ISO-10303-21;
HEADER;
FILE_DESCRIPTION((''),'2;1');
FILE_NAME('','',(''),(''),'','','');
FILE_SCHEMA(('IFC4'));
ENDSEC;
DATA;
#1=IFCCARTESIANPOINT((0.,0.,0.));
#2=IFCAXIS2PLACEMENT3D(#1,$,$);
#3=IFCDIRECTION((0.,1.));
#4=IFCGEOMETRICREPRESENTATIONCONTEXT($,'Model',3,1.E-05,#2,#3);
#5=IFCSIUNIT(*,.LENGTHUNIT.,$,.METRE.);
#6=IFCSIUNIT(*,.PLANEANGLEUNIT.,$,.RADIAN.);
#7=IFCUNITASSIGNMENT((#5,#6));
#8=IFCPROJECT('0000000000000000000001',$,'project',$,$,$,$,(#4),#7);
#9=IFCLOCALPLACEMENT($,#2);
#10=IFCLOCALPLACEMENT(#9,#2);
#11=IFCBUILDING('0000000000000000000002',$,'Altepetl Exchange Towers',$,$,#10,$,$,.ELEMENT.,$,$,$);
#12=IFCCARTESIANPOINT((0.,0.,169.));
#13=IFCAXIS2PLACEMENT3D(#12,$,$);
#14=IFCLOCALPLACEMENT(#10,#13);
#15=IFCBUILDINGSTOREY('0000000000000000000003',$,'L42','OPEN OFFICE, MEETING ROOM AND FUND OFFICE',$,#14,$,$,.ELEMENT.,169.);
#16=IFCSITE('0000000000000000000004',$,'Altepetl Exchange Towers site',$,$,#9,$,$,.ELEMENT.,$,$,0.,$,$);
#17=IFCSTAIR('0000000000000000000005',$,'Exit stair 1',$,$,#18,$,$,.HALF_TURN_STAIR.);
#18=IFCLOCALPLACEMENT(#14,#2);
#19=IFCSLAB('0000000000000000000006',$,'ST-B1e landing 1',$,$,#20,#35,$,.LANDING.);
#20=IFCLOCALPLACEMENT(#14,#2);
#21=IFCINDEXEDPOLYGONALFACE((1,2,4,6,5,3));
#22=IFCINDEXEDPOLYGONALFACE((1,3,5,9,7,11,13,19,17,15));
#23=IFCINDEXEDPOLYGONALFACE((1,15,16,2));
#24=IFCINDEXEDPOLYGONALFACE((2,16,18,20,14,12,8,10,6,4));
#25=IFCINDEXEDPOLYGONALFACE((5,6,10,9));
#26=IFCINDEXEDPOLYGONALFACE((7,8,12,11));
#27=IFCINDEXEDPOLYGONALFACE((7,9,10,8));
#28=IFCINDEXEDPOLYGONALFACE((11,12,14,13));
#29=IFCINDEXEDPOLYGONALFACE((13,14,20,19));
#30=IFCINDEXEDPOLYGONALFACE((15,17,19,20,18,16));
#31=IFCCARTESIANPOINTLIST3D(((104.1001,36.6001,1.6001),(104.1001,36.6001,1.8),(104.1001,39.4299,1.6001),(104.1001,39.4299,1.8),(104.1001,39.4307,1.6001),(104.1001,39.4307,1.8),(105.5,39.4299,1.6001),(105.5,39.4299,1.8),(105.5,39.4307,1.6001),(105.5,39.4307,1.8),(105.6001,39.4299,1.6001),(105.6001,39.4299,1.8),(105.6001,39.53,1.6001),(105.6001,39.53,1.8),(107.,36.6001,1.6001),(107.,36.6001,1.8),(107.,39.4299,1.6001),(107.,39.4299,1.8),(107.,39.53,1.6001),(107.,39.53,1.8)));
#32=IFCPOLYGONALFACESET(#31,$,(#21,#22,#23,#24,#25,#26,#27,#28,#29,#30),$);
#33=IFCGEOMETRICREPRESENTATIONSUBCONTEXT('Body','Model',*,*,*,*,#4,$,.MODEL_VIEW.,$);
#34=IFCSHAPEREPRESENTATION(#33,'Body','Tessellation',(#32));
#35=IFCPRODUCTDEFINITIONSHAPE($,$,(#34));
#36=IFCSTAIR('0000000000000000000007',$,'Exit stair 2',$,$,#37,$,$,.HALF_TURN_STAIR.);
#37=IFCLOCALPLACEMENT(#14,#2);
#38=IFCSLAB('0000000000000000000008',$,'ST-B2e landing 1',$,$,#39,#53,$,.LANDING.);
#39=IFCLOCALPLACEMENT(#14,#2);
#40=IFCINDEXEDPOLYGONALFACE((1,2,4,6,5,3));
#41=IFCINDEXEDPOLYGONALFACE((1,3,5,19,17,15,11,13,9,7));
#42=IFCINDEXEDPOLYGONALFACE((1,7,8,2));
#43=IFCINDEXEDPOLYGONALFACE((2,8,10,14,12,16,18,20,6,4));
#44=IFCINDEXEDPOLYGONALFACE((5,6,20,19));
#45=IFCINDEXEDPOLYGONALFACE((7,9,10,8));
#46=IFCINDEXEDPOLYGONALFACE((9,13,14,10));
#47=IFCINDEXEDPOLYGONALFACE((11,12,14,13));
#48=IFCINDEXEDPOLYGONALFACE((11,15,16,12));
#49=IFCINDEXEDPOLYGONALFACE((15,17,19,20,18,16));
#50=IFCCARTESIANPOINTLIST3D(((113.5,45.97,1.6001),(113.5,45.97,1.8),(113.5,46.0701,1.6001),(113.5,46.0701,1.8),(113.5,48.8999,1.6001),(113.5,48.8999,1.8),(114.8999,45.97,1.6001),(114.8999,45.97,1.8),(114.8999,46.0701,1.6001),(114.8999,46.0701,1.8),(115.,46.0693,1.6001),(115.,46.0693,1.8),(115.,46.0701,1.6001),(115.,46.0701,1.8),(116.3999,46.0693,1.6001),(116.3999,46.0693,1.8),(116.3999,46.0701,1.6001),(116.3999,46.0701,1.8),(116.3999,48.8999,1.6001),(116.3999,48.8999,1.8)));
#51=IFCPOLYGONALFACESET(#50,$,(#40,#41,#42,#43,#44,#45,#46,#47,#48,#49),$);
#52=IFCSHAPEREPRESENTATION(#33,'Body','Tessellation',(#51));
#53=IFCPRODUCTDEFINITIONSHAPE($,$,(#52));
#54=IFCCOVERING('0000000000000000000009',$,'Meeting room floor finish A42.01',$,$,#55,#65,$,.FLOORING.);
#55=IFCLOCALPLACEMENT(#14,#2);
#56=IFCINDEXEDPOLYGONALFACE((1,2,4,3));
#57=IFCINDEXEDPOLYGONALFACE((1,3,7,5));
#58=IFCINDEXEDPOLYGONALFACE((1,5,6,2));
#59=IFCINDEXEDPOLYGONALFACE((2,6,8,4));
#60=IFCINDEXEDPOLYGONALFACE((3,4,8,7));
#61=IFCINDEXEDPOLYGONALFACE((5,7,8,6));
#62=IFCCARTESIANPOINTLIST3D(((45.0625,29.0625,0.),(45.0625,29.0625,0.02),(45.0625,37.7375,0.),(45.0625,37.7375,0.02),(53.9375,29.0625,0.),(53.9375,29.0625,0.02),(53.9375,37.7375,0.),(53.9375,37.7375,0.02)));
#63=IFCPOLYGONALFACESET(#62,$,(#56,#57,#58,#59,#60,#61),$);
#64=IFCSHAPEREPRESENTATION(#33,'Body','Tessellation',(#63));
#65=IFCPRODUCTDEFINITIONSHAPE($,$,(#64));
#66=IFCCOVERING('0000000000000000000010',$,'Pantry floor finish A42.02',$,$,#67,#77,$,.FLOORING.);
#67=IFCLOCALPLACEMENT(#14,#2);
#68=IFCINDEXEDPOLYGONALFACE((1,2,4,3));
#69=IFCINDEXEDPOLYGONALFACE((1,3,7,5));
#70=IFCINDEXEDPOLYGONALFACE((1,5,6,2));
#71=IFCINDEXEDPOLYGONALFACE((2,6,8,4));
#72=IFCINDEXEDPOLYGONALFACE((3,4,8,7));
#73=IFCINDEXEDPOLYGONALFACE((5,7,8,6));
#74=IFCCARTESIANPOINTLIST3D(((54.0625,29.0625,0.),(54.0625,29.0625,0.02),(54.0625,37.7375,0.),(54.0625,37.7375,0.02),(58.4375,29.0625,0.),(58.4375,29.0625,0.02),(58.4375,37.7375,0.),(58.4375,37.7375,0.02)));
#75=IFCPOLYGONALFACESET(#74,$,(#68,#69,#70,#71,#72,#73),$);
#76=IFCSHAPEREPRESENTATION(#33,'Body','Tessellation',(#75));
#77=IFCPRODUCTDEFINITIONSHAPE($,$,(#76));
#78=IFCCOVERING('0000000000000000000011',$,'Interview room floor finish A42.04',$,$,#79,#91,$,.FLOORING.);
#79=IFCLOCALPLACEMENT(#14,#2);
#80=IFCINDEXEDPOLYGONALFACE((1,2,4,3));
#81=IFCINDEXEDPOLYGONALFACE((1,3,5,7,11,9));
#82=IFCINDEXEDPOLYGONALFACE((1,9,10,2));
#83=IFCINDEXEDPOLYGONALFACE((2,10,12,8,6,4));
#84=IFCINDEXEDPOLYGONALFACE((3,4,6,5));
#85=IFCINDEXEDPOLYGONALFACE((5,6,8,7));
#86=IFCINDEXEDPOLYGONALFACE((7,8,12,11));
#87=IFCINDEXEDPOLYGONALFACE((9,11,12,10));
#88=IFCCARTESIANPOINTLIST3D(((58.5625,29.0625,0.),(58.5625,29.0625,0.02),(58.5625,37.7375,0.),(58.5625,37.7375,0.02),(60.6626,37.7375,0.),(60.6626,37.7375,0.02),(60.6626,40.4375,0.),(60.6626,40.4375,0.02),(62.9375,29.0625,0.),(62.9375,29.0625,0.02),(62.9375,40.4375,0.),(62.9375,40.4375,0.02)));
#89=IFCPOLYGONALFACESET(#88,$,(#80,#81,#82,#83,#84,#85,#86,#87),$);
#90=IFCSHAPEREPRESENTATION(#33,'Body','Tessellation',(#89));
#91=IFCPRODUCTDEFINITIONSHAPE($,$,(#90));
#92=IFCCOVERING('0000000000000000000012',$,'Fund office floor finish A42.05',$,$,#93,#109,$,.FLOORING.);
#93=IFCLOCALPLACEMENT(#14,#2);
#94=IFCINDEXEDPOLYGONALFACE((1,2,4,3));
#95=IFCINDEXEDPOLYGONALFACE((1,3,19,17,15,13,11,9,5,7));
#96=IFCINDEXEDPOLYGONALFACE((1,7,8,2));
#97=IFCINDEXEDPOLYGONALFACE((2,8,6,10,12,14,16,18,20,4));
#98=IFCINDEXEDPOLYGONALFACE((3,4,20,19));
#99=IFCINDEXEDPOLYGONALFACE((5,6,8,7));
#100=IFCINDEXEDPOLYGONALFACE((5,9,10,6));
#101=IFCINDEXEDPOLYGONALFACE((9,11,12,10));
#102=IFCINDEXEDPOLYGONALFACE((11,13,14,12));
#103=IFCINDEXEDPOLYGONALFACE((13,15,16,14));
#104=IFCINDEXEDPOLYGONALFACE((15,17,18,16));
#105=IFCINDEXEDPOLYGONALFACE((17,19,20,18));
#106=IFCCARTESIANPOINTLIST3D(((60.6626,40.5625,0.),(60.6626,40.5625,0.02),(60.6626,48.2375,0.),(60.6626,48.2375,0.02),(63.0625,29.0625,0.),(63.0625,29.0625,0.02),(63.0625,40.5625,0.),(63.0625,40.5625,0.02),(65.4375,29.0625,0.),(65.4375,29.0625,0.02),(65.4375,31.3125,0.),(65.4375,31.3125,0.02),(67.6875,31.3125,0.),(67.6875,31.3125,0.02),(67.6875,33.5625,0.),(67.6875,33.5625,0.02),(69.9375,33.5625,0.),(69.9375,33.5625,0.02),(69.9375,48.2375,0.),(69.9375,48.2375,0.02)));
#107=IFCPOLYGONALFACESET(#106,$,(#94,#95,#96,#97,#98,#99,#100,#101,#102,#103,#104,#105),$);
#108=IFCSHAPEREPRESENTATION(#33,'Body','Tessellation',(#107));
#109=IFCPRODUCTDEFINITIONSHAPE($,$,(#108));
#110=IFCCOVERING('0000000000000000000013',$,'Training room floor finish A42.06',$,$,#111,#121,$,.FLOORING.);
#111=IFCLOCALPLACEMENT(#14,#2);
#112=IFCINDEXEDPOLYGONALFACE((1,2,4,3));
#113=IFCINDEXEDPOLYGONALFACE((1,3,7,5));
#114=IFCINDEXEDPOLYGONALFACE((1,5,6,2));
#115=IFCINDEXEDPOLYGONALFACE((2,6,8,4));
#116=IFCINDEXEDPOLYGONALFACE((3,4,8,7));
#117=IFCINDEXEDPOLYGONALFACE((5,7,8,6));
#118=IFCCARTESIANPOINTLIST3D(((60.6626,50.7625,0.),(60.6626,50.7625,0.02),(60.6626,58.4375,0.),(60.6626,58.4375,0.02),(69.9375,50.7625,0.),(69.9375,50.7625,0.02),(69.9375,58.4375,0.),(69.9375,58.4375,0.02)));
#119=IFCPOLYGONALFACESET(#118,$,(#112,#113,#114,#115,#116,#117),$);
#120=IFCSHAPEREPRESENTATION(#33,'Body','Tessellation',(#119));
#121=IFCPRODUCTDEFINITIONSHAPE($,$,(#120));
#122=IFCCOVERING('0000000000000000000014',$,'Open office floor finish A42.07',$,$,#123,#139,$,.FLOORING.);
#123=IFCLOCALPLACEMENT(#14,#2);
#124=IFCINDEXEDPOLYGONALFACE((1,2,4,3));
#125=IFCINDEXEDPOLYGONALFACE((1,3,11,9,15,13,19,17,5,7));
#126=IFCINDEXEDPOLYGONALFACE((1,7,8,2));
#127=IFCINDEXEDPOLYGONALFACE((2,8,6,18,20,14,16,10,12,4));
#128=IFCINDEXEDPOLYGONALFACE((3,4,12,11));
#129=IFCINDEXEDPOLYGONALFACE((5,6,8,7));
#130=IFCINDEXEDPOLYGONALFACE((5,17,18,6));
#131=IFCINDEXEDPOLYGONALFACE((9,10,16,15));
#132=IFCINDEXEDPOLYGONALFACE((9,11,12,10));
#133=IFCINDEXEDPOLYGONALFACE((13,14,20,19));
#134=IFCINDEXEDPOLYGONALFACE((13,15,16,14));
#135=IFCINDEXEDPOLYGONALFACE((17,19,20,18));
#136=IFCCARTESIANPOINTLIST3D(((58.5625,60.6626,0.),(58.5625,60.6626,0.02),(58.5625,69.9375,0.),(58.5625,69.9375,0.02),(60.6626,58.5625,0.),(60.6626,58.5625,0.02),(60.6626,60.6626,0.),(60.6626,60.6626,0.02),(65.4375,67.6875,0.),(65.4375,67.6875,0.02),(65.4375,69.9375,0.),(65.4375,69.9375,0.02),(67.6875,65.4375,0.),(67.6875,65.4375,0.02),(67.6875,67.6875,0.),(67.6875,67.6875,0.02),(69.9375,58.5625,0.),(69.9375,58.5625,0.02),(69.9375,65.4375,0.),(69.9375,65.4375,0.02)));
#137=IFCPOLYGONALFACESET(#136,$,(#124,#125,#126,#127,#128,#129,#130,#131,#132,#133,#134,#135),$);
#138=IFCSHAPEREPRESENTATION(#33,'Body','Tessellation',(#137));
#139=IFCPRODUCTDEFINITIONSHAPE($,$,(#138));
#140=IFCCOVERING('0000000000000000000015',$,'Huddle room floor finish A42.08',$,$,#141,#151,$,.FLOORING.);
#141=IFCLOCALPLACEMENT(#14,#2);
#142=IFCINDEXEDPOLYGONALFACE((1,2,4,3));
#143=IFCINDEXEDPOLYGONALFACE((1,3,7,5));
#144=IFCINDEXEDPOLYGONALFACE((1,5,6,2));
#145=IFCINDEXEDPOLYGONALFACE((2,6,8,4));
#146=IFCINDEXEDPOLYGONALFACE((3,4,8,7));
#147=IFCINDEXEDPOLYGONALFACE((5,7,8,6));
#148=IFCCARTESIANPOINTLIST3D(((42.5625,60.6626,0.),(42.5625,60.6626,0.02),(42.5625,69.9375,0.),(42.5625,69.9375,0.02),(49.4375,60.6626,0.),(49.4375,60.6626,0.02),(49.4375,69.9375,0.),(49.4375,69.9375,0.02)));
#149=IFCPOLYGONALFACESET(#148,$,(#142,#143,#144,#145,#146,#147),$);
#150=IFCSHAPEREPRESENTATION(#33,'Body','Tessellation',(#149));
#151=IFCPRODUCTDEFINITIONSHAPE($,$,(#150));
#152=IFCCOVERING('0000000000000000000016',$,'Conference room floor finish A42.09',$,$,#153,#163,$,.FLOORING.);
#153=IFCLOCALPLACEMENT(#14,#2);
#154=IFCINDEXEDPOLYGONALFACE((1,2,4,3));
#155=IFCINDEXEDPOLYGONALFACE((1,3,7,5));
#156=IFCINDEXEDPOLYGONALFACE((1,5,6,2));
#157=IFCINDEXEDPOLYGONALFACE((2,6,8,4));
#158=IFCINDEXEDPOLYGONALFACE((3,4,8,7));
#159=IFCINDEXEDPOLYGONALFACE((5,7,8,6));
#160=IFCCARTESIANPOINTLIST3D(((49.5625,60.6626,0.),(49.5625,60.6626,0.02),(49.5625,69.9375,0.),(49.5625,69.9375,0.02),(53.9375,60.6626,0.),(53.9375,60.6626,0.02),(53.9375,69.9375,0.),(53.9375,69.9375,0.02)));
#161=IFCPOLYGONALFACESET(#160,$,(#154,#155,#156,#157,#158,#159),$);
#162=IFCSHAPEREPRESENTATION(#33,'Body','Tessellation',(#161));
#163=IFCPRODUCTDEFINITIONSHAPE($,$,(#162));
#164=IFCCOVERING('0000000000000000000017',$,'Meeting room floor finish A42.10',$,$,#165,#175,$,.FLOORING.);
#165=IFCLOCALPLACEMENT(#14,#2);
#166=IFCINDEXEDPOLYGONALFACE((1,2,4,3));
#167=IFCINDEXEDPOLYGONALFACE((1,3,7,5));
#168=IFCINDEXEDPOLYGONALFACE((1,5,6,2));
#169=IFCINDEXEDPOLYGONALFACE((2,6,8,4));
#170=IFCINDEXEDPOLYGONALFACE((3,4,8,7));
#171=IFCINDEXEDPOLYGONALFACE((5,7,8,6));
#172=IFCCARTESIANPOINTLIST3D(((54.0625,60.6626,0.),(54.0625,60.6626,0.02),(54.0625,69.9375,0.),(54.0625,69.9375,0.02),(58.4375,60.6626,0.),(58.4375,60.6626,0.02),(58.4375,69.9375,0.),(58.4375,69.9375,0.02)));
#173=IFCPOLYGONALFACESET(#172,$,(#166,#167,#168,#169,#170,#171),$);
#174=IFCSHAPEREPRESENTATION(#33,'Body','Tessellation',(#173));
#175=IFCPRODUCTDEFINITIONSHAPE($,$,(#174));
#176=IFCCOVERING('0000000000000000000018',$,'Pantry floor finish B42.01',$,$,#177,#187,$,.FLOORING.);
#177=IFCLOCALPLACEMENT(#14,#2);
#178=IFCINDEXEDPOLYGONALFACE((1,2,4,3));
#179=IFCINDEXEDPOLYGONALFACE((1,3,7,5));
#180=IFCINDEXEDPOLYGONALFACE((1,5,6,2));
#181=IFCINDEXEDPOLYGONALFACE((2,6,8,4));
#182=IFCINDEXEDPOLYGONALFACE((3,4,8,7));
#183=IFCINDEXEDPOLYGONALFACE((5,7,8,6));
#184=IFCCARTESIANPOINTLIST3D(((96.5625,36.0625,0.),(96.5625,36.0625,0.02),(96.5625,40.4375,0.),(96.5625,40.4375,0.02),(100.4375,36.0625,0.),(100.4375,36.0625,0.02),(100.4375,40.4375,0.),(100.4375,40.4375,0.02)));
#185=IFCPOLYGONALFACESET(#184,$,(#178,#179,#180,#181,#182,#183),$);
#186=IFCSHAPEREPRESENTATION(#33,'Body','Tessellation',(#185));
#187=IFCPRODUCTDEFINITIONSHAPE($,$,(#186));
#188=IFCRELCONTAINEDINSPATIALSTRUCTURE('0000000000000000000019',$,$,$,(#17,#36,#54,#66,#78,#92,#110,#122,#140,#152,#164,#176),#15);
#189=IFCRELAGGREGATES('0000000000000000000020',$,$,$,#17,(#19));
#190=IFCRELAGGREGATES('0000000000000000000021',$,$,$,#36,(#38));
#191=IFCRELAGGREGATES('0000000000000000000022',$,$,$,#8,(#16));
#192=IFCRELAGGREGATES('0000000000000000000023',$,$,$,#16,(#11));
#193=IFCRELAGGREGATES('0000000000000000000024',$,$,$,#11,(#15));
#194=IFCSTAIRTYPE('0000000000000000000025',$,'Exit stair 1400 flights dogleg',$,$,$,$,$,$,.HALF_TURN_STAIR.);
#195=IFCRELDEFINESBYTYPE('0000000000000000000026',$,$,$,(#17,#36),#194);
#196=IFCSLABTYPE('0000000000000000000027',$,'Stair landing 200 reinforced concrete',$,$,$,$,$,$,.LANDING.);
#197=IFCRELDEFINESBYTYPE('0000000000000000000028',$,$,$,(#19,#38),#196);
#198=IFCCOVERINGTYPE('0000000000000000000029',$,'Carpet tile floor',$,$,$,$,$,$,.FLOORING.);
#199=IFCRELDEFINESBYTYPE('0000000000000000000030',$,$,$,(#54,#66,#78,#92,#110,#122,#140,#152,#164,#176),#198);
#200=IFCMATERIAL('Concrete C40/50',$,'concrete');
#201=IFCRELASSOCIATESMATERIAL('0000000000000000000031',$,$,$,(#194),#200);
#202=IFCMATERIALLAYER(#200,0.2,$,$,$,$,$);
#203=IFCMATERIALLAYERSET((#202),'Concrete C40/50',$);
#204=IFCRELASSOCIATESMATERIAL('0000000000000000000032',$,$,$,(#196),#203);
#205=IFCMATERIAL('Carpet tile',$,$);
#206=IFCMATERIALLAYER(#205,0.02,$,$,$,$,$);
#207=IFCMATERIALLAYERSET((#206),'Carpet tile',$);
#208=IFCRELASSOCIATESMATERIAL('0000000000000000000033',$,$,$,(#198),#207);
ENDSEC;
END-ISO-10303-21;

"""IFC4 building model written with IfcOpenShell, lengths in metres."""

from ifc_helpers import new_model, si_unit, direction, frame, origin, place, context, subcontext, project, spatial, polyline, outline, extrude, material, layer, layer_set, type_object, element, aggregate, save


model = new_model("IFC4")

# Units and contexts
model_context = context("Model", 3, precision=1e-05, world=origin(), true_north=direction((0.0, 1.0)))
body_context = subcontext(model_context, "Body", "Model", "MODEL_VIEW")
ifc_project = project(units=[si_unit("LENGTHUNIT", "METRE"), si_unit("PLANEANGLEUNIT", "RADIAN")], contexts=[model_context])

# Site, building, storey
site_placement = place(None, origin())
site = spatial("IfcSite", under=ifc_project, at=site_placement, Name="Altepetl Exchange Towers site", CompositionType="ELEMENT", RefElevation=0.0)
building_placement = place(site_placement, origin())
building = spatial("IfcBuilding", under=site, at=building_placement, Name="Altepetl Exchange Towers", CompositionType="ELEMENT")
storey_placement = place(building_placement, frame((0.0, 0.0, 169.0)))
storey = spatial("IfcBuildingStorey", under=building, at=storey_placement, Name="L42", Description="OPEN OFFICE, MEETING ROOM AND FUND OFFICE", CompositionType="ELEMENT", Elevation=169.0)

# Shared definitions
ifc_material_1 = material(Name="Concrete C40/50", Category="concrete")

# Stairs, slabs
stair_type = type_object("IfcStairType", Name="Exit stair 1400 flights dogleg", PredefinedType="HALF_TURN_STAIR", material=ifc_material_1)
ifc_layer_1 = layer(ifc_material_1, 0.2)
ifc_layer_set_1 = layer_set([ifc_layer_1], Name="Concrete C40/50")
slab_type_1 = type_object("IfcSlabType", Name="Stair landing 200 reinforced concrete", PredefinedType="LANDING", material=ifc_layer_set_1)
stair_1_placement = place(storey_placement, origin())
stair_1 = element("IfcStair", 1, at=stair_1_placement, inside=storey, type_object=stair_type, Name="Exit stair 1", PredefinedType="HALF_TURN_STAIR")
slab_1_placement = place(storey_placement, frame((0.0, 0.0, 1.6001)))
slab_1 = element("IfcSlab", 2, at=slab_1_placement, type_object=slab_type_1, Name="ST-B1e landing 1", PredefinedType="LANDING", context=body_context, shape_type="SweptSolid", body=[
    extrude(outline(polyline([(107.0, 36.6001), (104.1001, 36.6001), (104.1001, 39.4299), (104.1001, 39.4307), (105.5, 39.4307), (105.5, 39.4299), (105.6001, 39.4299), (105.6001, 39.53), (107.0, 39.53), (107.0, 39.4299), (107.0, 36.6001)])), origin(), (0.0, 0.0, 1.0), 0.2),
])
aggregate(stair_1, [slab_1])
stair_2_placement = place(storey_placement, origin())
stair_2 = element("IfcStair", 3, at=stair_2_placement, inside=storey, type_object=stair_type, Name="Exit stair 2", PredefinedType="HALF_TURN_STAIR")
slab_2_placement = place(storey_placement, frame((0.0, 0.0, 1.6001)))
slab_2 = element("IfcSlab", 4, at=slab_2_placement, type_object=slab_type_1, Name="ST-B2e landing 1", PredefinedType="LANDING", context=body_context, shape_type="SweptSolid", body=[
    extrude(outline(polyline([(114.8999, 45.97), (113.5, 45.97), (113.5, 46.0701), (113.5, 48.8999), (116.3999, 48.8999), (116.3999, 46.0701), (116.3999, 46.0693), (115.0, 46.0693), (115.0, 46.0701), (114.8999, 46.0701), (114.8999, 45.97)])), origin(), (0.0, 0.0, 1.0), 0.2),
])
aggregate(stair_2, [slab_2])

# Coverings
ifc_material_2 = material(Name="Carpet tile")
ifc_layer_2 = layer(ifc_material_2, 0.02)
ifc_layer_set_2 = layer_set([ifc_layer_2], Name="Carpet tile")
covering_type_1 = type_object("IfcCoveringType", Name="Carpet tile floor", PredefinedType="FLOORING", material=ifc_layer_set_2)
covering_1_placement = place(storey_placement, origin())
element("IfcCovering", 5, at=covering_1_placement, inside=storey, type_object=covering_type_1, Name="Meeting room floor finish A42.01", PredefinedType="FLOORING", context=body_context, shape_type="SweptSolid", body=[
    extrude(outline(polyline([(53.9375, 29.0625), (53.9375, 37.7375), (45.0625, 37.7375), (45.0625, 29.0625), (53.9375, 29.0625)])), origin(), (0.0, 0.0, 1.0), 0.02),
])
covering_2_placement = place(storey_placement, origin())
element("IfcCovering", 6, at=covering_2_placement, inside=storey, type_object=covering_type_1, Name="Pantry floor finish A42.02", PredefinedType="FLOORING", context=body_context, shape_type="SweptSolid", body=[
    extrude(outline(polyline([(58.4375, 29.0625), (58.4375, 37.7375), (54.0625, 37.7375), (54.0625, 29.0625), (58.4375, 29.0625)])), origin(), (0.0, 0.0, 1.0), 0.02),
])
covering_3_placement = place(storey_placement, origin())
element("IfcCovering", 7, at=covering_3_placement, inside=storey, type_object=covering_type_1, Name="Interview room floor finish A42.04", PredefinedType="FLOORING", context=body_context, shape_type="SweptSolid", body=[
    extrude(outline(polyline([(62.9375, 29.0625), (62.9375, 40.4375), (60.6626, 40.4375), (60.6626, 37.7375), (58.5625, 37.7375), (58.5625, 29.0625), (62.9375, 29.0625)])), origin(), (0.0, 0.0, 1.0), 0.02),
])
covering_4_placement = place(storey_placement, origin())
element("IfcCovering", 8, at=covering_4_placement, inside=storey, type_object=covering_type_1, Name="Fund office floor finish A42.05", PredefinedType="FLOORING", context=body_context, shape_type="SweptSolid", body=[
    extrude(outline(polyline([(67.6875, 31.3125), (67.6875, 33.5625), (69.9375, 33.5625), (69.9375, 48.2375), (60.6626, 48.2375), (60.6626, 40.5625), (63.0625, 40.5625), (63.0625, 29.0625), (65.4375, 29.0625), (65.4375, 31.3125), (67.6875, 31.3125)])), origin(), (0.0, 0.0, 1.0), 0.02),
])
covering_5_placement = place(storey_placement, origin())
element("IfcCovering", 9, at=covering_5_placement, inside=storey, type_object=covering_type_1, Name="Training room floor finish A42.06", PredefinedType="FLOORING", context=body_context, shape_type="SweptSolid", body=[
    extrude(outline(polyline([(69.9375, 58.4375), (60.6626, 58.4375), (60.6626, 50.7625), (69.9375, 50.7625), (69.9375, 58.4375)])), origin(), (0.0, 0.0, 1.0), 0.02),
])
covering_6_placement = place(storey_placement, origin())
element("IfcCovering", 10, at=covering_6_placement, inside=storey, type_object=covering_type_1, Name="Open office floor finish A42.07", PredefinedType="FLOORING", context=body_context, shape_type="SweptSolid", body=[
    extrude(outline(polyline([(60.6626, 58.5625), (69.9375, 58.5625), (69.9375, 65.4375), (67.6875, 65.4375), (67.6875, 67.6875), (65.4375, 67.6875), (65.4375, 69.9375), (58.5625, 69.9375), (58.5625, 60.6626), (60.6626, 60.6626), (60.6626, 58.5625)])), origin(), (0.0, 0.0, 1.0), 0.02),
])
covering_7_placement = place(storey_placement, origin())
element("IfcCovering", 11, at=covering_7_placement, inside=storey, type_object=covering_type_1, Name="Huddle room floor finish A42.08", PredefinedType="FLOORING", context=body_context, shape_type="SweptSolid", body=[
    extrude(outline(polyline([(49.4375, 60.6626), (49.4375, 69.9375), (42.5625, 69.9375), (42.5625, 60.6626), (49.4375, 60.6626)])), origin(), (0.0, 0.0, 1.0), 0.02),
])
covering_8_placement = place(storey_placement, origin())
element("IfcCovering", 12, at=covering_8_placement, inside=storey, type_object=covering_type_1, Name="Conference room floor finish A42.09", PredefinedType="FLOORING", context=body_context, shape_type="SweptSolid", body=[
    extrude(outline(polyline([(53.9375, 60.6626), (53.9375, 69.9375), (49.5625, 69.9375), (49.5625, 60.6626), (53.9375, 60.6626)])), origin(), (0.0, 0.0, 1.0), 0.02),
])
covering_9_placement = place(storey_placement, origin())
element("IfcCovering", 13, at=covering_9_placement, inside=storey, type_object=covering_type_1, Name="Meeting room floor finish A42.10", PredefinedType="FLOORING", context=body_context, shape_type="SweptSolid", body=[
    extrude(outline(polyline([(58.4375, 60.6626), (58.4375, 69.9375), (54.0625, 69.9375), (54.0625, 60.6626), (58.4375, 60.6626)])), origin(), (0.0, 0.0, 1.0), 0.02),
])
covering_10_placement = place(storey_placement, origin())
element("IfcCovering", 14, at=covering_10_placement, inside=storey, type_object=covering_type_1, Name="Pantry floor finish B42.01", PredefinedType="FLOORING", context=body_context, shape_type="SweptSolid", body=[
    extrude(outline(polyline([(100.4375, 40.4375), (96.5625, 40.4375), (96.5625, 36.0625), (100.4375, 36.0625), (100.4375, 40.4375)])), origin(), (0.0, 0.0, 1.0), 0.02),
])

save(model, "model.ifc")
